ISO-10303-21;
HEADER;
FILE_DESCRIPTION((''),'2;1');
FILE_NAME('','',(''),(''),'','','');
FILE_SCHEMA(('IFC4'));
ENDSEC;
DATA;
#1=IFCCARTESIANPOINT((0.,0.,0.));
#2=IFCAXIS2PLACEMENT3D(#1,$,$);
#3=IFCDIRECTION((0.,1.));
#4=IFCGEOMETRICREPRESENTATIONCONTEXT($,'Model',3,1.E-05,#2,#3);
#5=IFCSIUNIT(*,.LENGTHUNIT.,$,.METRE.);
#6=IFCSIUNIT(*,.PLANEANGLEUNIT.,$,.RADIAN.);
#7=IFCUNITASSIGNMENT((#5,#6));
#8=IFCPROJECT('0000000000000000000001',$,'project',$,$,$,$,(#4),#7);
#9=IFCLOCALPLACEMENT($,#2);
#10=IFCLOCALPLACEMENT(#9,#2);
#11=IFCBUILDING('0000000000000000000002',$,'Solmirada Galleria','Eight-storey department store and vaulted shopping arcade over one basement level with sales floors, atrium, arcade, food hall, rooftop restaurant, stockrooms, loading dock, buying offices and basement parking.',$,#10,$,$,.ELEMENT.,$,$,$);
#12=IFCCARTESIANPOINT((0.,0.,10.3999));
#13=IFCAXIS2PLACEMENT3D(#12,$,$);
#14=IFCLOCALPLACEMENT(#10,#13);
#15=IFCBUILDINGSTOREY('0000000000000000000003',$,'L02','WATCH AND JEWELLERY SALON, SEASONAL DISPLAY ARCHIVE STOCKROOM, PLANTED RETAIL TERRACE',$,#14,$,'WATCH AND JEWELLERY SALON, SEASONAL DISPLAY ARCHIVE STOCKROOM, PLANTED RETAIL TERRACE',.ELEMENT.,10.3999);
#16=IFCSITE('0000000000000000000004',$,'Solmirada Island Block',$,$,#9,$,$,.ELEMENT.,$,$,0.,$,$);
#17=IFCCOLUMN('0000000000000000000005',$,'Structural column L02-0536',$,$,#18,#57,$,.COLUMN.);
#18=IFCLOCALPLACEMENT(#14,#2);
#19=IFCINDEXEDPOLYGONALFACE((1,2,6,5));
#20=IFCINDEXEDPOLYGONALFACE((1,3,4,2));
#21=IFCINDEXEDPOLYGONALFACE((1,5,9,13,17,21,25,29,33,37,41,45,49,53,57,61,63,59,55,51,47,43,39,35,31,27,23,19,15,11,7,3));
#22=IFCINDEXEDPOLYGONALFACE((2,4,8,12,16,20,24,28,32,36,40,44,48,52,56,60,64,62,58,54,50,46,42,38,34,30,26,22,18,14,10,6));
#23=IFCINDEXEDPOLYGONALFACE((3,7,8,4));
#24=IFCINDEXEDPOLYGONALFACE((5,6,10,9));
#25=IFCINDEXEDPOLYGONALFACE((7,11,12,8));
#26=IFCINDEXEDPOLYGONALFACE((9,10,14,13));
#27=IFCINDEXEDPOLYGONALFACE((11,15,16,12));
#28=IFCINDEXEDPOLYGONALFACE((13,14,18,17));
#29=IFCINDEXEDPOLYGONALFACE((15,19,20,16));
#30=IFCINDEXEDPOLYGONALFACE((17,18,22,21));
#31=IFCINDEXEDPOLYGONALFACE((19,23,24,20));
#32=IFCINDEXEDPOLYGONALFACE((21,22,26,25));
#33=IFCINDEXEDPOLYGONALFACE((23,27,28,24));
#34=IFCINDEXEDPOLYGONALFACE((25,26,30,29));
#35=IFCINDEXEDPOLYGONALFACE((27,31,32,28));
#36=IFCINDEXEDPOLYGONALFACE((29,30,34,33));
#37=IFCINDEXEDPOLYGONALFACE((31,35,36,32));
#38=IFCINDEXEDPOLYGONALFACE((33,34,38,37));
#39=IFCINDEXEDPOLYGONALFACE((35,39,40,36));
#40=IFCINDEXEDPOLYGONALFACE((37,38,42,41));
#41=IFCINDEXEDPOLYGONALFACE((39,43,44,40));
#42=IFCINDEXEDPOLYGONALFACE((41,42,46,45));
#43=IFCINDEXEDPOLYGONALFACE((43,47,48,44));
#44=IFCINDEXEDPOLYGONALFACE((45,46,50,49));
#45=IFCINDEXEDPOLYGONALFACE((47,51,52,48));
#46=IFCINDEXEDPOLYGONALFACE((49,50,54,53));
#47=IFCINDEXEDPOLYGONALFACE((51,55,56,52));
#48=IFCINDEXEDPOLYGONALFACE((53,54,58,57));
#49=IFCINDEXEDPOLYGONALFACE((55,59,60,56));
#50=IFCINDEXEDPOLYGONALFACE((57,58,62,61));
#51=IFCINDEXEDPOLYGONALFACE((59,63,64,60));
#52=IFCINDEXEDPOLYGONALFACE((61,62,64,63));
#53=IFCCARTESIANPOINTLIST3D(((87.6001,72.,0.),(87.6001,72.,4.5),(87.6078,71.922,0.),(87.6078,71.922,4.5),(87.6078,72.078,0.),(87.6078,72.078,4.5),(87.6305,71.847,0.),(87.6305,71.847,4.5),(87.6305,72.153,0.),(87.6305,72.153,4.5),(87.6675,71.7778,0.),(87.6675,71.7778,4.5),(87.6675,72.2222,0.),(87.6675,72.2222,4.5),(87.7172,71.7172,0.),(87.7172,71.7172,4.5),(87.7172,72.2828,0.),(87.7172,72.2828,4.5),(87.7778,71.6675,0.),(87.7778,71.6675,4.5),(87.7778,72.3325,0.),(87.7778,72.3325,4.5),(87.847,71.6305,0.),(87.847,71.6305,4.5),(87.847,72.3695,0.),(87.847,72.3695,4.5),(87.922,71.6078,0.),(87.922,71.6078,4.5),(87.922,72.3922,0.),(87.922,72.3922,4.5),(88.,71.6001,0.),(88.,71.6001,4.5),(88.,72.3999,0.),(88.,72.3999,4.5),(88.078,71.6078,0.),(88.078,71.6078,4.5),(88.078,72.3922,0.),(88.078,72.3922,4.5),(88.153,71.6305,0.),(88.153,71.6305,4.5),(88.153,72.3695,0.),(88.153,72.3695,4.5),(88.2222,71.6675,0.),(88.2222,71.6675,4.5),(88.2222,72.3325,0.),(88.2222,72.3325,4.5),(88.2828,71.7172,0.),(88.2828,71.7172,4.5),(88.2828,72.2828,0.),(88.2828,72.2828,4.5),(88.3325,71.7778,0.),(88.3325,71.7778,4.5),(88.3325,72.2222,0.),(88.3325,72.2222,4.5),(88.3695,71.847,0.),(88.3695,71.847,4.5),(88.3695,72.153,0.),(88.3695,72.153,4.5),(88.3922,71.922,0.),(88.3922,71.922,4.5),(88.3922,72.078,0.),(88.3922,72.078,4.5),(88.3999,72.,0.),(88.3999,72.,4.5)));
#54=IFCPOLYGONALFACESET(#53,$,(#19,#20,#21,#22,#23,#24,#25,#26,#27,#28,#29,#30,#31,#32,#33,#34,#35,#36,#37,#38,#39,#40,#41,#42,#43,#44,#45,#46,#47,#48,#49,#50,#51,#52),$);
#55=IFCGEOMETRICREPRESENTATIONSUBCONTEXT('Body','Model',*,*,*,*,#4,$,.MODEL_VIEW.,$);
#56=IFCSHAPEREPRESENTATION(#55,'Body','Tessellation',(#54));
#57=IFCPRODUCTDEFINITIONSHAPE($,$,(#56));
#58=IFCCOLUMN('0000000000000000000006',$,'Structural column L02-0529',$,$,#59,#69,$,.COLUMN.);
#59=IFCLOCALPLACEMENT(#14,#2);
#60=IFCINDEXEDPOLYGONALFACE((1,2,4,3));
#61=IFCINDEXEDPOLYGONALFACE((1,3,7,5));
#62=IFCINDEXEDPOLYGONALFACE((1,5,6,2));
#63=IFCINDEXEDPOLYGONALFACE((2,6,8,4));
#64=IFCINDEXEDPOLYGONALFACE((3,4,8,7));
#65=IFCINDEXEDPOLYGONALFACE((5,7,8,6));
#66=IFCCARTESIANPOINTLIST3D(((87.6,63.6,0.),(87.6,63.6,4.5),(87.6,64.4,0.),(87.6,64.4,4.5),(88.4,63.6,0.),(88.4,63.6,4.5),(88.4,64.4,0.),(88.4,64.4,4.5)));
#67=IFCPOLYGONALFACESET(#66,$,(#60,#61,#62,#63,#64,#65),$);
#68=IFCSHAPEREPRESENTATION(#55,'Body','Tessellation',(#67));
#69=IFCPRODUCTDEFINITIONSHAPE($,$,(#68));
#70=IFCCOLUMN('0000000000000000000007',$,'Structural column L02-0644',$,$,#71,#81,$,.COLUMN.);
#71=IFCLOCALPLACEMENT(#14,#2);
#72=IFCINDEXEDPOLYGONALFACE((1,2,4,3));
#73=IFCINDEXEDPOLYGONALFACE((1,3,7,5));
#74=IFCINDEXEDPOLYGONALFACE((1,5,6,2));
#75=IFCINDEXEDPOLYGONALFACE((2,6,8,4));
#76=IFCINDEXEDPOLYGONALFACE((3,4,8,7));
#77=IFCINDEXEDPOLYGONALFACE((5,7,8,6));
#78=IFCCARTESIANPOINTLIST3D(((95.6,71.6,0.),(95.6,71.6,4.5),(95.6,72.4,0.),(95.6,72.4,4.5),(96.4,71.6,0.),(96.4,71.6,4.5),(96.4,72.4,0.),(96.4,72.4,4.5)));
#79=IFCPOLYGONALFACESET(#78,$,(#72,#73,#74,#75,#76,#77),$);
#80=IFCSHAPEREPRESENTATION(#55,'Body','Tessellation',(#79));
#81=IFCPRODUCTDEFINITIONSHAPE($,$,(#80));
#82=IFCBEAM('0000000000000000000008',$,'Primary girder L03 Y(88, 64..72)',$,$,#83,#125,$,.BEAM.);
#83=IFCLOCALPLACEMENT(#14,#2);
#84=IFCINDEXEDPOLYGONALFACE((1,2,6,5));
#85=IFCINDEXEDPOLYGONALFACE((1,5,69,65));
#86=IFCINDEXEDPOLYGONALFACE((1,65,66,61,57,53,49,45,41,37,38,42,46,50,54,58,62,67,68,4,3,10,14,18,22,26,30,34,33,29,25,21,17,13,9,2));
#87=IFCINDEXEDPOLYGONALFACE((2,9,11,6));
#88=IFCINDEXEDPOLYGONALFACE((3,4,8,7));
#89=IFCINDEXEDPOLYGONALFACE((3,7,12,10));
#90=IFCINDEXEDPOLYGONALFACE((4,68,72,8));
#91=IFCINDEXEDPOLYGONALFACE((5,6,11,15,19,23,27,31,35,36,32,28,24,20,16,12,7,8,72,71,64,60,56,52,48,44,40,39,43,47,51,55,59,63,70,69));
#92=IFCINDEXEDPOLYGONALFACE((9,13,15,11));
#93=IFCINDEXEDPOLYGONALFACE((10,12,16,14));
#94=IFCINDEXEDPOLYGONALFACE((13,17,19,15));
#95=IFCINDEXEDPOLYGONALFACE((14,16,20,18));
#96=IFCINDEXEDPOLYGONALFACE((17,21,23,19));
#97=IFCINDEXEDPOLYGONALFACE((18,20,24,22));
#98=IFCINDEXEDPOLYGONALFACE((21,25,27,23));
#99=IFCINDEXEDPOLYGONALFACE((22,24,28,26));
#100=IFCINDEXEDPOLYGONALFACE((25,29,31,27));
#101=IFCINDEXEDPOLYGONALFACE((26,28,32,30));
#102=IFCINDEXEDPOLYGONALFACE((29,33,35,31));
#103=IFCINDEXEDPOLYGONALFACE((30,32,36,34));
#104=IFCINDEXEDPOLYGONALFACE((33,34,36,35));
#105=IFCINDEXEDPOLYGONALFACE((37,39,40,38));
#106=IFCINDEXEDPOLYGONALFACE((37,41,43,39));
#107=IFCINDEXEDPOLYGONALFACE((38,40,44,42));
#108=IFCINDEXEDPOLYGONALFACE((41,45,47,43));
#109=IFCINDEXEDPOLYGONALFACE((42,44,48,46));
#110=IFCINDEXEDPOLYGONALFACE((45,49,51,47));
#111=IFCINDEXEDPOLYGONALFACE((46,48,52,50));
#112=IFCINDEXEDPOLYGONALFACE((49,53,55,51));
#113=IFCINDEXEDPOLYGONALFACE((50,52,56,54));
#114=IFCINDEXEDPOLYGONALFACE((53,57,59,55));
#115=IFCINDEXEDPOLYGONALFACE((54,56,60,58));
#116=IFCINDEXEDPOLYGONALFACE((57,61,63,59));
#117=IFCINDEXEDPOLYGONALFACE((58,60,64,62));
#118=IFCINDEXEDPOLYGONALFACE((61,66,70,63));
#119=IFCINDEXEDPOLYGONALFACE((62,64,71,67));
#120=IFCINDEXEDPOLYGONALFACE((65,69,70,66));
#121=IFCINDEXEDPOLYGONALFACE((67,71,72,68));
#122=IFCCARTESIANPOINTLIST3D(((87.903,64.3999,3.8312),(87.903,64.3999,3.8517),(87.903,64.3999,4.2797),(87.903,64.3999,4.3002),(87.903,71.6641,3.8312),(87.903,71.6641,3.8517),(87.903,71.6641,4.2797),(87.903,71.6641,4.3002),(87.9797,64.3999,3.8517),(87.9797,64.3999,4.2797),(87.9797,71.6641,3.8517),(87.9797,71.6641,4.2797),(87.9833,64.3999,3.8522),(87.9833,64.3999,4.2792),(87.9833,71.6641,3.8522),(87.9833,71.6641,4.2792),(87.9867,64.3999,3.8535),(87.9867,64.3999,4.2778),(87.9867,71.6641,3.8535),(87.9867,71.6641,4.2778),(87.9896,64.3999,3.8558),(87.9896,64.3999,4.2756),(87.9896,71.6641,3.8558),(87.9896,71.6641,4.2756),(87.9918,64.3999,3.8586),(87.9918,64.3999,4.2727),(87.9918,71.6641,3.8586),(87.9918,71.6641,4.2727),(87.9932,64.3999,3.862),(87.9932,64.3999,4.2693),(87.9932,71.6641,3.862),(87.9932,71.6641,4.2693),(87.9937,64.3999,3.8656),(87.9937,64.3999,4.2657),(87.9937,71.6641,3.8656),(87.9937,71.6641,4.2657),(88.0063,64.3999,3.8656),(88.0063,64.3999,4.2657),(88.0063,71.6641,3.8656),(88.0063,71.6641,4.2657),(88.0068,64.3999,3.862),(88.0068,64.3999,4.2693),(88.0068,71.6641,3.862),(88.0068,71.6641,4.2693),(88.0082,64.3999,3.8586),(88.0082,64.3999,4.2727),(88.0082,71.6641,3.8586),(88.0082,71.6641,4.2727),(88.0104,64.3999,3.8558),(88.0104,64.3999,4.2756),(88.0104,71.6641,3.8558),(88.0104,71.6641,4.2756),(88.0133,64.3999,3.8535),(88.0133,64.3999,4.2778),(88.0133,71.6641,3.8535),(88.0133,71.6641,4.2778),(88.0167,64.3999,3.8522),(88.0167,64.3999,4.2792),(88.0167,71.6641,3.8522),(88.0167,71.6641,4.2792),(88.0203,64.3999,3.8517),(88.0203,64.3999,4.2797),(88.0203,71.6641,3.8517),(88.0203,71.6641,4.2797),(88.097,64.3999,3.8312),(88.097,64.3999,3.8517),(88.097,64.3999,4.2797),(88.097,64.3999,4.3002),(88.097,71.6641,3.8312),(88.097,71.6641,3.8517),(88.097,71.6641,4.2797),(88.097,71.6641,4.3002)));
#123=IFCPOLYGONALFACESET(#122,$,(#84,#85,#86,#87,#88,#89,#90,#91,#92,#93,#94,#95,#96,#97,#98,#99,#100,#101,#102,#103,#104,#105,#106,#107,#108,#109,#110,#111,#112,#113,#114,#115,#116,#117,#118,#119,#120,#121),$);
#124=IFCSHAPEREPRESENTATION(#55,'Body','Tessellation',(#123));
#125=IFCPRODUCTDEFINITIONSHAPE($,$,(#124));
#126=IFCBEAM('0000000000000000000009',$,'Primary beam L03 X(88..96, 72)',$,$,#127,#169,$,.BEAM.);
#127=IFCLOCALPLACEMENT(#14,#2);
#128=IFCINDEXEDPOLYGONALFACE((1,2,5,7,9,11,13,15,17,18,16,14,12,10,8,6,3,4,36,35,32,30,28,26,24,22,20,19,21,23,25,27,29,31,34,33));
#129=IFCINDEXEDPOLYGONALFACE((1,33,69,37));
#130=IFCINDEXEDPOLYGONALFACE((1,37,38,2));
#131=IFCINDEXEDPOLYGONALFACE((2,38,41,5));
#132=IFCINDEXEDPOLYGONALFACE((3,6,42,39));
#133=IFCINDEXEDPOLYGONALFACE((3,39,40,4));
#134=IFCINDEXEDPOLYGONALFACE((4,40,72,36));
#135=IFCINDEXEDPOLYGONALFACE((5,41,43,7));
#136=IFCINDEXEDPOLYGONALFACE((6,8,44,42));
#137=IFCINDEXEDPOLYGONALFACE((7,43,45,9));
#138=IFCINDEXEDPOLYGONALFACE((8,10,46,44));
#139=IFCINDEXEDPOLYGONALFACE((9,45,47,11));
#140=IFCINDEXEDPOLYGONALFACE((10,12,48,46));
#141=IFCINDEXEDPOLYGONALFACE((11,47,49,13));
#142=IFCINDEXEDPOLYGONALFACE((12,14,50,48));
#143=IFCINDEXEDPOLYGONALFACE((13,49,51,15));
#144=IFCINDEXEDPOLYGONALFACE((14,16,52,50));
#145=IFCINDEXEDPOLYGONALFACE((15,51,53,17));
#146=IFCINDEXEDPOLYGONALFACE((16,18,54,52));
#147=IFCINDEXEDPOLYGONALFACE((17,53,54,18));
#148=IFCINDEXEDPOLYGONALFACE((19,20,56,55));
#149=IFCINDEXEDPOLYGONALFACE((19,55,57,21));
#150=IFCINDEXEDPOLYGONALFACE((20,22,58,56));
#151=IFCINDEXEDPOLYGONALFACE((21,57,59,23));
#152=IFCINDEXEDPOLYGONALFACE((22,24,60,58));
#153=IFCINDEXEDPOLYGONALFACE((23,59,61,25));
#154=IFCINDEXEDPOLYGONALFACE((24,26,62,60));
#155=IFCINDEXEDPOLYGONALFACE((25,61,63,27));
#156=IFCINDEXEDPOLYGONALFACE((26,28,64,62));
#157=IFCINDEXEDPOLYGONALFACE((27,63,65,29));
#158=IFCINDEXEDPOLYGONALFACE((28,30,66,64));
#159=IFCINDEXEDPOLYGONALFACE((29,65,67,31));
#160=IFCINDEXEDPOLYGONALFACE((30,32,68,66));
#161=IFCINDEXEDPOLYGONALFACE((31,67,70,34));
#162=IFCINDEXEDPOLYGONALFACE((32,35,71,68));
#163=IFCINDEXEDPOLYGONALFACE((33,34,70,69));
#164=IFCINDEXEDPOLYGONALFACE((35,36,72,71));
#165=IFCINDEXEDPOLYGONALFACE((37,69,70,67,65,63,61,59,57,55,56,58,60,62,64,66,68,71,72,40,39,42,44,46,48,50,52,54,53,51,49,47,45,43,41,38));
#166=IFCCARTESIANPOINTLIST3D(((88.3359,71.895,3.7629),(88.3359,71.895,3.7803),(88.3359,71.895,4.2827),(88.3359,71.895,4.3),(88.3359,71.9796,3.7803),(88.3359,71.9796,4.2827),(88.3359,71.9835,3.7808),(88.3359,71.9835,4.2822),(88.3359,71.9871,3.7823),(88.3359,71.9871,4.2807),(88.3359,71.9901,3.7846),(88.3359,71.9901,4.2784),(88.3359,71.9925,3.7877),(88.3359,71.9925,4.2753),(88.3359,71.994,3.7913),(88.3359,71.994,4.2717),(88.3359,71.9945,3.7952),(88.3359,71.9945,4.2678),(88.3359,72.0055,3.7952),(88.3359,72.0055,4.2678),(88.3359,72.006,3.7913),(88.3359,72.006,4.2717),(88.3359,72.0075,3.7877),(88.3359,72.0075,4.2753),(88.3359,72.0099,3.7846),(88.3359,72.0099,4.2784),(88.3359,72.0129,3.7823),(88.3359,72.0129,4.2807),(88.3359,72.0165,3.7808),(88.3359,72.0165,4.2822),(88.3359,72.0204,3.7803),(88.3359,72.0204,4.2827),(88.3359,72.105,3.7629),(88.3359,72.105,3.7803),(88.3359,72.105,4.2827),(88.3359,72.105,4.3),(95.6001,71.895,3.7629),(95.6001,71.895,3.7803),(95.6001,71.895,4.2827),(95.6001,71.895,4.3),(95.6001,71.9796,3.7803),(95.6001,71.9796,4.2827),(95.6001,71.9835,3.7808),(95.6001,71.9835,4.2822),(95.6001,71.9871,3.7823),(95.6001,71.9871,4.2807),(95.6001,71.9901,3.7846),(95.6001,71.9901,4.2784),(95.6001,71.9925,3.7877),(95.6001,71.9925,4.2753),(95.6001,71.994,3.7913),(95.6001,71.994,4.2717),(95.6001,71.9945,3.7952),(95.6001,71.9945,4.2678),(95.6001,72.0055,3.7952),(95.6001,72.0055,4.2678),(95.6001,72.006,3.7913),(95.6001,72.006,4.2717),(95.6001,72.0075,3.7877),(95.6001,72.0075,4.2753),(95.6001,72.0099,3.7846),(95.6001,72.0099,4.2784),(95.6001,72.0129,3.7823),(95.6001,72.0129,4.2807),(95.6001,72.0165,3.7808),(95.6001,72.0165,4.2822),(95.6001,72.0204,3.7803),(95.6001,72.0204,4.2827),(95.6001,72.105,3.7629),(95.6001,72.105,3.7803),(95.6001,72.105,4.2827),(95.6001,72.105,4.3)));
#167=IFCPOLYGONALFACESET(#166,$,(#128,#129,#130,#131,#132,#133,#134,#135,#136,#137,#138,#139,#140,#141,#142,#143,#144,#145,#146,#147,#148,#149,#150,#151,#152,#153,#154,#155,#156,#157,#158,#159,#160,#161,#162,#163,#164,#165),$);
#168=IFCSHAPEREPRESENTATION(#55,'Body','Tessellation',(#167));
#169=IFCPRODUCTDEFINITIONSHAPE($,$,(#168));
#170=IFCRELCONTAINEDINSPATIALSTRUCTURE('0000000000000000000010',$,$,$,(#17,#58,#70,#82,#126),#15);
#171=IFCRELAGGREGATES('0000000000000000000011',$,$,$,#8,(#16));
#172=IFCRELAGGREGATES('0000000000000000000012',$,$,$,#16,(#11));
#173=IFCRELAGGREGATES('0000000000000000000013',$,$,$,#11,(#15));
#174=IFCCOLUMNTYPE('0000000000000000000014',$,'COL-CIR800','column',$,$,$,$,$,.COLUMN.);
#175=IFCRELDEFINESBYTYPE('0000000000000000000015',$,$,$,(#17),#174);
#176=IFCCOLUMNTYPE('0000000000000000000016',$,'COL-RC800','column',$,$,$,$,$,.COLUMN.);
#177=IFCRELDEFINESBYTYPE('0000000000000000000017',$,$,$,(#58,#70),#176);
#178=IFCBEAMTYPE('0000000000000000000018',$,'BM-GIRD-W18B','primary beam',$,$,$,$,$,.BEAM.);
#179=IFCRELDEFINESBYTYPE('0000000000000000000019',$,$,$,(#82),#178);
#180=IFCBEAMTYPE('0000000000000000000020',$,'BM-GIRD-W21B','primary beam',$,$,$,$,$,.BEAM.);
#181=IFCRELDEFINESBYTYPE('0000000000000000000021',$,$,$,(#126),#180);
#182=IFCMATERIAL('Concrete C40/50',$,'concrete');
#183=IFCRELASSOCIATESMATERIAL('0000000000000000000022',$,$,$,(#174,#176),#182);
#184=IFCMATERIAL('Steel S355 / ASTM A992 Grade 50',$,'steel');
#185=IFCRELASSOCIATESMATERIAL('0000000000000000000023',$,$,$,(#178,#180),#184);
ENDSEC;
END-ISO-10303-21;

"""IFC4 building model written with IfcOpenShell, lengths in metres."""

from ifc_helpers import new_model, si_unit, direction, frame, origin, origin_2d, place, context, subcontext, project, spatial, rectangle, circle, i_section, extrude, material, material_profile, profile_set, type_object, element, save


model = new_model("IFC4")

# Units and contexts
model_context = context("Model", 3, precision=1e-05, world=origin(), true_north=direction((0.0, 1.0)))
body_context = subcontext(model_context, "Body", "Model", "MODEL_VIEW")
ifc_project = project(units=[si_unit("LENGTHUNIT", "METRE"), si_unit("PLANEANGLEUNIT", "RADIAN")], contexts=[model_context])

# Site, building, storey
site_placement = place(None, origin())
site = spatial("IfcSite", under=ifc_project, at=site_placement, Name="Solmirada Island Block", CompositionType="ELEMENT", RefElevation=0.0)
building_placement = place(site_placement, origin())
building = spatial("IfcBuilding", under=site, at=building_placement, Name="Solmirada Galleria", Description="Eight-storey department store and vaulted shopping arcade over one basement level with sales floors, atrium, arcade, food hall, rooftop restaurant, stockrooms, loading dock, buying offices and basement parking.", CompositionType="ELEMENT")
storey_placement = place(building_placement, frame((0.0, 0.0, 10.3999)))
storey = spatial("IfcBuildingStorey", under=building, at=storey_placement, Name="L02", Description="WATCH AND JEWELLERY SALON, SEASONAL DISPLAY ARCHIVE STOCKROOM, PLANTED RETAIL TERRACE", LongName="WATCH AND JEWELLERY SALON, SEASONAL DISPLAY ARCHIVE STOCKROOM, PLANTED RETAIL TERRACE", CompositionType="ELEMENT", Elevation=10.3999)

# Columns
ifc_material_1 = material(Name="Concrete C40/50", Category="concrete")
ifc_material_profile_1 = material_profile(ifc_material_1, circle(Radius=0.3999, at=origin_2d()), Name="RCCOL800")
ifc_profile_set_1 = profile_set([ifc_material_profile_1], Name="Concrete C40/50")
column_type_1 = type_object("IfcColumnType", Name="COL-CIR800", Description="column", PredefinedType="COLUMN", material=ifc_profile_set_1)
column_placement = place(storey_placement, frame((88.0, 72.0, 0.0), z_axis=(0.0, 0.0, 1.0), x_axis=(1.0, 0.0, 0.0)))
element("IfcColumn", 1, at=column_placement, inside=storey, type_object=column_type_1, Name="Structural column L02-0536", PredefinedType="COLUMN", context=body_context, shape_type="SweptSolid", body=[
    extrude(circle(Radius=0.3999, at=origin_2d()), origin(), (0.0, 0.0, 1.0), 4.5),
])
ifc_material_profile_2 = material_profile(ifc_material_1, rectangle(XDim=0.8, YDim=0.8, at=origin_2d()), Name="RC800X800")
ifc_profile_set_2 = profile_set([ifc_material_profile_2], Name="Concrete C40/50")
column_type_2 = type_object("IfcColumnType", Name="COL-RC800", Description="column", PredefinedType="COLUMN", material=ifc_profile_set_2)
for number, where, z_axis, x_axis, name in (
    (2, (88.0, 64.0, 0.0), (0.0, 0.0, 1.0), (1.0, 0.0, 0.0), "Structural column L02-0529"),
    (3, (96.0, 72.0, 0.0), (0.0, 0.0, 1.0), (1.0, 0.0, 0.0), "Structural column L02-0644"),
):
    element("IfcColumn", number, at=place(storey_placement, frame(where, z_axis=z_axis, x_axis=x_axis)), inside=storey, type_object=column_type_2, Name=name, PredefinedType="COLUMN", context=body_context, shape_type="SweptSolid", body=[
        extrude(rectangle(XDim=0.8, YDim=0.8, at=origin_2d()), origin(), (0.0, 0.0, 1.0), 4.5),
    ])

# Beams
ifc_material_2 = material(Name="Steel S355 / ASTM A992 Grade 50", Category="steel")
ifc_material_profile_3 = material_profile(ifc_material_2, i_section(OverallWidth=0.1941, OverallDepth=0.469, WebThickness=0.0127, FlangeThickness=0.0205, FilletRadius=0.0139, at=origin_2d()), Name="W18X71")
ifc_profile_set_3 = profile_set([ifc_material_profile_3], Name="Steel S355 / ASTM A992 Grade 50")
beam_type_1 = type_object("IfcBeamType", Name="BM-GIRD-W18B", Description="primary beam", PredefinedType="BEAM", material=ifc_profile_set_3)
beam_placement = place(storey_placement, frame((88.0, 64.3999, 4.0657), z_axis=(0.0, 1.0, 0.0), x_axis=(-1.0, 0.0, 0.0)))
element("IfcBeam", 4, at=beam_placement, inside=storey, type_object=beam_type_1, Name="Primary girder L03 Y(88, 64..72)", PredefinedType="BEAM", context=body_context, shape_type="SweptSolid", body=[
    extrude(i_section(OverallWidth=0.1941, OverallDepth=0.469, WebThickness=0.0127, FlangeThickness=0.0205, FilletRadius=0.0139, at=origin_2d()), origin(), (0.0, 0.0, 1.0), 7.2642),
])
ifc_material_profile_4 = material_profile(ifc_material_2, i_section(OverallWidth=0.21, OverallDepth=0.5371, WebThickness=0.011, FlangeThickness=0.0173, FilletRadius=0.0149, at=origin_2d()), Name="W21X68")
ifc_profile_set_4 = profile_set([ifc_material_profile_4], Name="Steel S355 / ASTM A992 Grade 50")
beam_type_2 = type_object("IfcBeamType", Name="BM-GIRD-W21B", Description="primary beam", PredefinedType="BEAM", material=ifc_profile_set_4)
for number, where, z_axis, x_axis, name in (
    (5, (88.3359, 72.0, 4.0315), (1.0, 0.0, 0.0), (0.0, 1.0, 0.0), "Primary beam L03 X(88..96, 72)"),
):
    element("IfcBeam", number, at=place(storey_placement, frame(where, z_axis=z_axis, x_axis=x_axis)), inside=storey, type_object=beam_type_2, Name=name, PredefinedType="BEAM", context=body_context, shape_type="SweptSolid", body=[
        extrude(i_section(OverallWidth=0.21, OverallDepth=0.5371, WebThickness=0.011, FlangeThickness=0.0173, FilletRadius=0.0149, at=origin_2d()), origin(), (0.0, 0.0, 1.0), 7.2642),
    ])

save(model, "model.ifc")
